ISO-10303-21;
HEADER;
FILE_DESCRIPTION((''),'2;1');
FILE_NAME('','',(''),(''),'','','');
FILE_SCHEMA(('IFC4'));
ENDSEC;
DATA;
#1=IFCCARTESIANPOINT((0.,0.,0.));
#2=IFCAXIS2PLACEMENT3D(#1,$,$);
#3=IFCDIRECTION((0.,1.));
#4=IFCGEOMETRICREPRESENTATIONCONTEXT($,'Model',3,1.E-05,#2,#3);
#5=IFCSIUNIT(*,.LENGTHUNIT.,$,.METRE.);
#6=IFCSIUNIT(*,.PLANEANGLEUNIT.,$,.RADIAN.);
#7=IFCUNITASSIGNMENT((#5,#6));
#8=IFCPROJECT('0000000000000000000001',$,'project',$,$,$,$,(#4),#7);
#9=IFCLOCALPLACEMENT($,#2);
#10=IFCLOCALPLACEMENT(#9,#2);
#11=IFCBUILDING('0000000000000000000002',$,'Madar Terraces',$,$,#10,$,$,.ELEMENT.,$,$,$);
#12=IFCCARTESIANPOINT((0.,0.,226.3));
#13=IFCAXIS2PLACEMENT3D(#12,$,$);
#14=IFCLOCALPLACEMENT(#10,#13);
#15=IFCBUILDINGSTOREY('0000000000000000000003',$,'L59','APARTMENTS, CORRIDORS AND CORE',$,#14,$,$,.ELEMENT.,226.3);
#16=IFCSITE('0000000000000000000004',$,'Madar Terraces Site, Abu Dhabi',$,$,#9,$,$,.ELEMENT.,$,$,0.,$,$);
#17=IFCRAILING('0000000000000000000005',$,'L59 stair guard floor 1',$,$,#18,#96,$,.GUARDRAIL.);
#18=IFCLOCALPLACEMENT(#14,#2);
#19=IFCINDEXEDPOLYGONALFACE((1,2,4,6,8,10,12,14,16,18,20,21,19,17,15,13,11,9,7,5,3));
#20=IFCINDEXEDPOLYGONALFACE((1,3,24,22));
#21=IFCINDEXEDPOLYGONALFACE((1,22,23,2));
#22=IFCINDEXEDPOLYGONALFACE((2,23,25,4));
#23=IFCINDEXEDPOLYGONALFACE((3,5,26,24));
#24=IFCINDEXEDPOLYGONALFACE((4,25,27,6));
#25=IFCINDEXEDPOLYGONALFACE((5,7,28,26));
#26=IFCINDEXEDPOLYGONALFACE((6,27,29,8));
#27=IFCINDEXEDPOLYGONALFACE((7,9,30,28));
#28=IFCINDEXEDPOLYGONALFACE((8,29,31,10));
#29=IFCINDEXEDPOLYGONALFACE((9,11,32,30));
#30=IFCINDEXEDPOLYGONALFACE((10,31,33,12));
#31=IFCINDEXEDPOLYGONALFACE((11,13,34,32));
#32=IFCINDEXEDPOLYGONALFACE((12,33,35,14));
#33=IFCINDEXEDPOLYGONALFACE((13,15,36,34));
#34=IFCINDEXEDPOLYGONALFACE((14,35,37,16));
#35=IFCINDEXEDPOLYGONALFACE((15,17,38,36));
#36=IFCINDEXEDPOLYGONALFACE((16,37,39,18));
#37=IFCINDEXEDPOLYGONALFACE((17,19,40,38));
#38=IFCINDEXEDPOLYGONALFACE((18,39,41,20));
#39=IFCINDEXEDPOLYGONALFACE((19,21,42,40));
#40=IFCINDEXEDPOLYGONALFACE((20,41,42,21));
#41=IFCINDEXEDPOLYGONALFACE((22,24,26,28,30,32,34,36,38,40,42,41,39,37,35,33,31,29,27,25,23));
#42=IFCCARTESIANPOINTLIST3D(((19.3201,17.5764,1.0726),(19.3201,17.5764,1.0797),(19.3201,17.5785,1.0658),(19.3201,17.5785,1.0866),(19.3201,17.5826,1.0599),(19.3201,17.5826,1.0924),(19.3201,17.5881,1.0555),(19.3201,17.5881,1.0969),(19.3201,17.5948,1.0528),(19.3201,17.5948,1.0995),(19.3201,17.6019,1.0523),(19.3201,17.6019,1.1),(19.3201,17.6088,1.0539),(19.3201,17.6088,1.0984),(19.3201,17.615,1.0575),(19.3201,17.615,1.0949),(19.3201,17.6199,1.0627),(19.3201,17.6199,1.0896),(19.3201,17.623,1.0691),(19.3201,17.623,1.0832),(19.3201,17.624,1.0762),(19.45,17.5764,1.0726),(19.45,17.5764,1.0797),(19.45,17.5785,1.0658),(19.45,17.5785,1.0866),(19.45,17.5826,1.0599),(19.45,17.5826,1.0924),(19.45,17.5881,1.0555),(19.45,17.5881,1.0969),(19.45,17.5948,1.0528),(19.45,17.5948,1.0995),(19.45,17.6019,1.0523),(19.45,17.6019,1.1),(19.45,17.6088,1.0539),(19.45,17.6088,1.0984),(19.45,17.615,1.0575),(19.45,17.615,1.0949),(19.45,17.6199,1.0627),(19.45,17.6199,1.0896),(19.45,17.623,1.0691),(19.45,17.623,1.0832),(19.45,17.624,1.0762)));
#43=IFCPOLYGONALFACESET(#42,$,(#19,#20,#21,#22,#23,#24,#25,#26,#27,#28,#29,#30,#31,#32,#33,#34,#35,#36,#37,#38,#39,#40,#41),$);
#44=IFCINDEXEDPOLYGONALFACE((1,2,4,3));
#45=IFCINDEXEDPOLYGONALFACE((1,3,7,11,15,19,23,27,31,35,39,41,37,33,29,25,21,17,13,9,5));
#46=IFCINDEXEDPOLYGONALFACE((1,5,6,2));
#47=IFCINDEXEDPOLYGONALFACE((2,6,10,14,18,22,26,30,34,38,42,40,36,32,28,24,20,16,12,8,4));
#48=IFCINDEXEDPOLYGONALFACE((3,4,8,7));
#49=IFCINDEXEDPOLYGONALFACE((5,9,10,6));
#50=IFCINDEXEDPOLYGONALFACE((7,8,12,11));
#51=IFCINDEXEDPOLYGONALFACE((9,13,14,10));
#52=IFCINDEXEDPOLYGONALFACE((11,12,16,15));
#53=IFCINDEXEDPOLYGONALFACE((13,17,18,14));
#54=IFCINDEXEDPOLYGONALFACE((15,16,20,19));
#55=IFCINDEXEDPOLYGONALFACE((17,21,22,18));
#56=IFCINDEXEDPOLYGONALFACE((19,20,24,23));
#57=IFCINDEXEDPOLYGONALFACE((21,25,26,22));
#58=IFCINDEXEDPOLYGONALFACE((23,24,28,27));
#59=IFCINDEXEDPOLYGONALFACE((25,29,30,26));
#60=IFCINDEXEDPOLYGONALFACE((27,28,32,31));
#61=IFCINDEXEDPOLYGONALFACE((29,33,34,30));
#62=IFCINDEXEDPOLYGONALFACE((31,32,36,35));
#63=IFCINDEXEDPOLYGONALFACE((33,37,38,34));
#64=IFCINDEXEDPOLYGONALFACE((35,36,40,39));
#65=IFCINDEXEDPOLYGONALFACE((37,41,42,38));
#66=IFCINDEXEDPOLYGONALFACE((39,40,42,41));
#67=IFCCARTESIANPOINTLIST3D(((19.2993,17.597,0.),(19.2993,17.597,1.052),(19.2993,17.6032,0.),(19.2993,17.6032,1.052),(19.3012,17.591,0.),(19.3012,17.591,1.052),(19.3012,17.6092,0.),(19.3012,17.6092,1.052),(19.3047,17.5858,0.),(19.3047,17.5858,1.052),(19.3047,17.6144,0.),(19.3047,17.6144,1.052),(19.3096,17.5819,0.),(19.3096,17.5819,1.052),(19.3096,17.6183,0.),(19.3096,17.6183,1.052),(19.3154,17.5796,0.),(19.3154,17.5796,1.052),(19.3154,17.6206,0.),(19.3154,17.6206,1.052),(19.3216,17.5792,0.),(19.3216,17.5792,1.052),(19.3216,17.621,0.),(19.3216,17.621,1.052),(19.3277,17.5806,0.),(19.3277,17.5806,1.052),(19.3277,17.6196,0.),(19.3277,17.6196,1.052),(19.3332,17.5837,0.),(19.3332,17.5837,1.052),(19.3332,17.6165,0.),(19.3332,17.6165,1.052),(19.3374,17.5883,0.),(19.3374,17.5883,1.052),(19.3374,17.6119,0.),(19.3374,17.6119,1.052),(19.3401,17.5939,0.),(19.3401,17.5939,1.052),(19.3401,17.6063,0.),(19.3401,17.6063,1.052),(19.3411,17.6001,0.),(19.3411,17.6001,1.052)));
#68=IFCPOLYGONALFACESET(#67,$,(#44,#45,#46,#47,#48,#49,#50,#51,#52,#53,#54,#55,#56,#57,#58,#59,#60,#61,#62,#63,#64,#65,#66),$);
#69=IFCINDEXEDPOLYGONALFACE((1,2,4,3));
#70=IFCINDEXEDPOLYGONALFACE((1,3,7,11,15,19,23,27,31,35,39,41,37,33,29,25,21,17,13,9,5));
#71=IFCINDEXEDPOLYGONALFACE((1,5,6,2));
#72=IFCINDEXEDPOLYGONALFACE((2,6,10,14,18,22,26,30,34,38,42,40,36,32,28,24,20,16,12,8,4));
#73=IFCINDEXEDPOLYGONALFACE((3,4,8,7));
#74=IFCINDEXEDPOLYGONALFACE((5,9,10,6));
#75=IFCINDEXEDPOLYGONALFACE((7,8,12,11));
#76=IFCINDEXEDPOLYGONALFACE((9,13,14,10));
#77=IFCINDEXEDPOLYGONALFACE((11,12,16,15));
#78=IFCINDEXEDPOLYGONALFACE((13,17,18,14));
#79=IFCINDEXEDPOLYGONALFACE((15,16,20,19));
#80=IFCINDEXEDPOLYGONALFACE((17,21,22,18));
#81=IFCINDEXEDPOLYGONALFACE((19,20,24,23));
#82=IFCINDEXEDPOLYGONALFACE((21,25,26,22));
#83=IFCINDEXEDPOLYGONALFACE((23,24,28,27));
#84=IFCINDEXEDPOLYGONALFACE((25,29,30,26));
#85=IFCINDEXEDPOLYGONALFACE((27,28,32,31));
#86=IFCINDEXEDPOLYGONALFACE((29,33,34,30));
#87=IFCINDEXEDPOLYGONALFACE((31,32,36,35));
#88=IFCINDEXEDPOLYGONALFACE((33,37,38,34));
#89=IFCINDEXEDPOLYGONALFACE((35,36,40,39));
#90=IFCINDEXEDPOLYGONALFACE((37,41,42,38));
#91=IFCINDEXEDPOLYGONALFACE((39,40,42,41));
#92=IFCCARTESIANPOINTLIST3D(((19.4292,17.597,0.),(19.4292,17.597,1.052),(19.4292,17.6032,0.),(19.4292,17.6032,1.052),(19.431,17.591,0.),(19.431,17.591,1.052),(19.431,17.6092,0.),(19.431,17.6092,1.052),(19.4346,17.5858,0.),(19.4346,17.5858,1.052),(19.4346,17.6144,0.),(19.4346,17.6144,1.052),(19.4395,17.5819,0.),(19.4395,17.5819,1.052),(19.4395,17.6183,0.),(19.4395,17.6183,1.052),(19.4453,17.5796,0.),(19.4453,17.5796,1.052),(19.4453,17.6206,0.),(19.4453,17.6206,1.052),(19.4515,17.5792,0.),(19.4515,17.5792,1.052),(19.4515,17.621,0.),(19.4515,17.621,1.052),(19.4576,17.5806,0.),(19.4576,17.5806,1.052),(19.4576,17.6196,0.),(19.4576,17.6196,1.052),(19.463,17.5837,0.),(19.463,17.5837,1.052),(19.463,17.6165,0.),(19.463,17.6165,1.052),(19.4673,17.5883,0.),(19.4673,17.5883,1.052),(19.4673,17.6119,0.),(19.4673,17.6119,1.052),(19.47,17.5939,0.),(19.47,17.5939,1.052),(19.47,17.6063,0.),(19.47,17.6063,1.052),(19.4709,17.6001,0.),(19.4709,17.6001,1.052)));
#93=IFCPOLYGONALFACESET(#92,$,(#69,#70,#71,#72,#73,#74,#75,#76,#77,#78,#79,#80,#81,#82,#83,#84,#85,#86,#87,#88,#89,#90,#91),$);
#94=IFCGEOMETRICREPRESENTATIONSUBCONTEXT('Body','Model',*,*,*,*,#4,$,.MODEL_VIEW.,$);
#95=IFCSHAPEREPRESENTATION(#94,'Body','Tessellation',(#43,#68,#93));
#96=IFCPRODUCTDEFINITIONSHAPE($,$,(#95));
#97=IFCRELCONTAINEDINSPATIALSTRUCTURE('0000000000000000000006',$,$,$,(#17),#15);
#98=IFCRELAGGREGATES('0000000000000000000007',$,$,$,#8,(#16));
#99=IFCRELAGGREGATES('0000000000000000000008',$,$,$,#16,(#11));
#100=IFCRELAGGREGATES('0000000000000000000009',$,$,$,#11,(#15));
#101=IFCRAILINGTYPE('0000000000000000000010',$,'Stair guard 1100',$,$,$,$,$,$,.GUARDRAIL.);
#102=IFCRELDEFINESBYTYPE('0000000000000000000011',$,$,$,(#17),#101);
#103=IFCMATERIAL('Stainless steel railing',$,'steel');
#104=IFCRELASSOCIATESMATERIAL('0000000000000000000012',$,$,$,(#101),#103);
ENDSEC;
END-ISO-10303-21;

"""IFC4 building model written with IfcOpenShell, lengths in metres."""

from ifc_helpers import new_model, si_unit, direction, frame, origin, origin_2d, place, context, subcontext, project, spatial, circle, extrude, material, type_object, element, save


model = new_model("IFC4")

# Units and contexts
model_context = context("Model", 3, precision=1e-05, world=origin(), true_north=direction((0.0, 1.0)))
body_context = subcontext(model_context, "Body", "Model", "MODEL_VIEW")
ifc_project = project(units=[si_unit("LENGTHUNIT", "METRE"), si_unit("PLANEANGLEUNIT", "RADIAN")], contexts=[model_context])

# Site, building, storey
site_placement = place(None, origin())
site = spatial("IfcSite", under=ifc_project, at=site_placement, Name="Madar Terraces Site, Abu Dhabi", CompositionType="ELEMENT", RefElevation=0.0)
building_placement = place(site_placement, origin())
building = spatial("IfcBuilding", under=site, at=building_placement, Name="Madar Terraces", CompositionType="ELEMENT")
storey_placement = place(building_placement, frame((0.0, 0.0, 226.3)))
storey = spatial("IfcBuildingStorey", under=building, at=storey_placement, Name="L59", Description="APARTMENTS, CORRIDORS AND CORE", CompositionType="ELEMENT", Elevation=226.3)

# Railing
ifc_material_1 = material(Name="Stainless steel railing", Category="steel")
railing_type_1 = type_object("IfcRailingType", Name="Stair guard 1100", PredefinedType="GUARDRAIL", material=ifc_material_1)
for number, where, name in (
    (1, (19.3201, 17.6001, 0.0), "L59 stair guard floor 1"),
):
    element("IfcRailing", number, at=place(storey_placement, frame(where)), inside=storey, type_object=railing_type_1, Name=name, PredefinedType="GUARDRAIL", context=body_context, shape_type="SweptSolid", body=[
        extrude(circle(Radius=0.0239, at=origin_2d()), frame((0.0, 0.0, 1.0762), z_axis=(1.0, 0.0, 0.0), x_axis=(0.0, 1.0, 0.0)), (0.0, 0.0, 1.0), 0.1299),
        extrude(circle(Radius=0.021, at=origin_2d()), origin(), (0.0, 0.0, 1.0), 1.052),
        extrude(circle(Radius=0.021, at=origin_2d()), frame((0.1299, 0.0, 0.0)), (0.0, 0.0, 1.0), 1.052),
    ])

save(model, "model.ifc")
